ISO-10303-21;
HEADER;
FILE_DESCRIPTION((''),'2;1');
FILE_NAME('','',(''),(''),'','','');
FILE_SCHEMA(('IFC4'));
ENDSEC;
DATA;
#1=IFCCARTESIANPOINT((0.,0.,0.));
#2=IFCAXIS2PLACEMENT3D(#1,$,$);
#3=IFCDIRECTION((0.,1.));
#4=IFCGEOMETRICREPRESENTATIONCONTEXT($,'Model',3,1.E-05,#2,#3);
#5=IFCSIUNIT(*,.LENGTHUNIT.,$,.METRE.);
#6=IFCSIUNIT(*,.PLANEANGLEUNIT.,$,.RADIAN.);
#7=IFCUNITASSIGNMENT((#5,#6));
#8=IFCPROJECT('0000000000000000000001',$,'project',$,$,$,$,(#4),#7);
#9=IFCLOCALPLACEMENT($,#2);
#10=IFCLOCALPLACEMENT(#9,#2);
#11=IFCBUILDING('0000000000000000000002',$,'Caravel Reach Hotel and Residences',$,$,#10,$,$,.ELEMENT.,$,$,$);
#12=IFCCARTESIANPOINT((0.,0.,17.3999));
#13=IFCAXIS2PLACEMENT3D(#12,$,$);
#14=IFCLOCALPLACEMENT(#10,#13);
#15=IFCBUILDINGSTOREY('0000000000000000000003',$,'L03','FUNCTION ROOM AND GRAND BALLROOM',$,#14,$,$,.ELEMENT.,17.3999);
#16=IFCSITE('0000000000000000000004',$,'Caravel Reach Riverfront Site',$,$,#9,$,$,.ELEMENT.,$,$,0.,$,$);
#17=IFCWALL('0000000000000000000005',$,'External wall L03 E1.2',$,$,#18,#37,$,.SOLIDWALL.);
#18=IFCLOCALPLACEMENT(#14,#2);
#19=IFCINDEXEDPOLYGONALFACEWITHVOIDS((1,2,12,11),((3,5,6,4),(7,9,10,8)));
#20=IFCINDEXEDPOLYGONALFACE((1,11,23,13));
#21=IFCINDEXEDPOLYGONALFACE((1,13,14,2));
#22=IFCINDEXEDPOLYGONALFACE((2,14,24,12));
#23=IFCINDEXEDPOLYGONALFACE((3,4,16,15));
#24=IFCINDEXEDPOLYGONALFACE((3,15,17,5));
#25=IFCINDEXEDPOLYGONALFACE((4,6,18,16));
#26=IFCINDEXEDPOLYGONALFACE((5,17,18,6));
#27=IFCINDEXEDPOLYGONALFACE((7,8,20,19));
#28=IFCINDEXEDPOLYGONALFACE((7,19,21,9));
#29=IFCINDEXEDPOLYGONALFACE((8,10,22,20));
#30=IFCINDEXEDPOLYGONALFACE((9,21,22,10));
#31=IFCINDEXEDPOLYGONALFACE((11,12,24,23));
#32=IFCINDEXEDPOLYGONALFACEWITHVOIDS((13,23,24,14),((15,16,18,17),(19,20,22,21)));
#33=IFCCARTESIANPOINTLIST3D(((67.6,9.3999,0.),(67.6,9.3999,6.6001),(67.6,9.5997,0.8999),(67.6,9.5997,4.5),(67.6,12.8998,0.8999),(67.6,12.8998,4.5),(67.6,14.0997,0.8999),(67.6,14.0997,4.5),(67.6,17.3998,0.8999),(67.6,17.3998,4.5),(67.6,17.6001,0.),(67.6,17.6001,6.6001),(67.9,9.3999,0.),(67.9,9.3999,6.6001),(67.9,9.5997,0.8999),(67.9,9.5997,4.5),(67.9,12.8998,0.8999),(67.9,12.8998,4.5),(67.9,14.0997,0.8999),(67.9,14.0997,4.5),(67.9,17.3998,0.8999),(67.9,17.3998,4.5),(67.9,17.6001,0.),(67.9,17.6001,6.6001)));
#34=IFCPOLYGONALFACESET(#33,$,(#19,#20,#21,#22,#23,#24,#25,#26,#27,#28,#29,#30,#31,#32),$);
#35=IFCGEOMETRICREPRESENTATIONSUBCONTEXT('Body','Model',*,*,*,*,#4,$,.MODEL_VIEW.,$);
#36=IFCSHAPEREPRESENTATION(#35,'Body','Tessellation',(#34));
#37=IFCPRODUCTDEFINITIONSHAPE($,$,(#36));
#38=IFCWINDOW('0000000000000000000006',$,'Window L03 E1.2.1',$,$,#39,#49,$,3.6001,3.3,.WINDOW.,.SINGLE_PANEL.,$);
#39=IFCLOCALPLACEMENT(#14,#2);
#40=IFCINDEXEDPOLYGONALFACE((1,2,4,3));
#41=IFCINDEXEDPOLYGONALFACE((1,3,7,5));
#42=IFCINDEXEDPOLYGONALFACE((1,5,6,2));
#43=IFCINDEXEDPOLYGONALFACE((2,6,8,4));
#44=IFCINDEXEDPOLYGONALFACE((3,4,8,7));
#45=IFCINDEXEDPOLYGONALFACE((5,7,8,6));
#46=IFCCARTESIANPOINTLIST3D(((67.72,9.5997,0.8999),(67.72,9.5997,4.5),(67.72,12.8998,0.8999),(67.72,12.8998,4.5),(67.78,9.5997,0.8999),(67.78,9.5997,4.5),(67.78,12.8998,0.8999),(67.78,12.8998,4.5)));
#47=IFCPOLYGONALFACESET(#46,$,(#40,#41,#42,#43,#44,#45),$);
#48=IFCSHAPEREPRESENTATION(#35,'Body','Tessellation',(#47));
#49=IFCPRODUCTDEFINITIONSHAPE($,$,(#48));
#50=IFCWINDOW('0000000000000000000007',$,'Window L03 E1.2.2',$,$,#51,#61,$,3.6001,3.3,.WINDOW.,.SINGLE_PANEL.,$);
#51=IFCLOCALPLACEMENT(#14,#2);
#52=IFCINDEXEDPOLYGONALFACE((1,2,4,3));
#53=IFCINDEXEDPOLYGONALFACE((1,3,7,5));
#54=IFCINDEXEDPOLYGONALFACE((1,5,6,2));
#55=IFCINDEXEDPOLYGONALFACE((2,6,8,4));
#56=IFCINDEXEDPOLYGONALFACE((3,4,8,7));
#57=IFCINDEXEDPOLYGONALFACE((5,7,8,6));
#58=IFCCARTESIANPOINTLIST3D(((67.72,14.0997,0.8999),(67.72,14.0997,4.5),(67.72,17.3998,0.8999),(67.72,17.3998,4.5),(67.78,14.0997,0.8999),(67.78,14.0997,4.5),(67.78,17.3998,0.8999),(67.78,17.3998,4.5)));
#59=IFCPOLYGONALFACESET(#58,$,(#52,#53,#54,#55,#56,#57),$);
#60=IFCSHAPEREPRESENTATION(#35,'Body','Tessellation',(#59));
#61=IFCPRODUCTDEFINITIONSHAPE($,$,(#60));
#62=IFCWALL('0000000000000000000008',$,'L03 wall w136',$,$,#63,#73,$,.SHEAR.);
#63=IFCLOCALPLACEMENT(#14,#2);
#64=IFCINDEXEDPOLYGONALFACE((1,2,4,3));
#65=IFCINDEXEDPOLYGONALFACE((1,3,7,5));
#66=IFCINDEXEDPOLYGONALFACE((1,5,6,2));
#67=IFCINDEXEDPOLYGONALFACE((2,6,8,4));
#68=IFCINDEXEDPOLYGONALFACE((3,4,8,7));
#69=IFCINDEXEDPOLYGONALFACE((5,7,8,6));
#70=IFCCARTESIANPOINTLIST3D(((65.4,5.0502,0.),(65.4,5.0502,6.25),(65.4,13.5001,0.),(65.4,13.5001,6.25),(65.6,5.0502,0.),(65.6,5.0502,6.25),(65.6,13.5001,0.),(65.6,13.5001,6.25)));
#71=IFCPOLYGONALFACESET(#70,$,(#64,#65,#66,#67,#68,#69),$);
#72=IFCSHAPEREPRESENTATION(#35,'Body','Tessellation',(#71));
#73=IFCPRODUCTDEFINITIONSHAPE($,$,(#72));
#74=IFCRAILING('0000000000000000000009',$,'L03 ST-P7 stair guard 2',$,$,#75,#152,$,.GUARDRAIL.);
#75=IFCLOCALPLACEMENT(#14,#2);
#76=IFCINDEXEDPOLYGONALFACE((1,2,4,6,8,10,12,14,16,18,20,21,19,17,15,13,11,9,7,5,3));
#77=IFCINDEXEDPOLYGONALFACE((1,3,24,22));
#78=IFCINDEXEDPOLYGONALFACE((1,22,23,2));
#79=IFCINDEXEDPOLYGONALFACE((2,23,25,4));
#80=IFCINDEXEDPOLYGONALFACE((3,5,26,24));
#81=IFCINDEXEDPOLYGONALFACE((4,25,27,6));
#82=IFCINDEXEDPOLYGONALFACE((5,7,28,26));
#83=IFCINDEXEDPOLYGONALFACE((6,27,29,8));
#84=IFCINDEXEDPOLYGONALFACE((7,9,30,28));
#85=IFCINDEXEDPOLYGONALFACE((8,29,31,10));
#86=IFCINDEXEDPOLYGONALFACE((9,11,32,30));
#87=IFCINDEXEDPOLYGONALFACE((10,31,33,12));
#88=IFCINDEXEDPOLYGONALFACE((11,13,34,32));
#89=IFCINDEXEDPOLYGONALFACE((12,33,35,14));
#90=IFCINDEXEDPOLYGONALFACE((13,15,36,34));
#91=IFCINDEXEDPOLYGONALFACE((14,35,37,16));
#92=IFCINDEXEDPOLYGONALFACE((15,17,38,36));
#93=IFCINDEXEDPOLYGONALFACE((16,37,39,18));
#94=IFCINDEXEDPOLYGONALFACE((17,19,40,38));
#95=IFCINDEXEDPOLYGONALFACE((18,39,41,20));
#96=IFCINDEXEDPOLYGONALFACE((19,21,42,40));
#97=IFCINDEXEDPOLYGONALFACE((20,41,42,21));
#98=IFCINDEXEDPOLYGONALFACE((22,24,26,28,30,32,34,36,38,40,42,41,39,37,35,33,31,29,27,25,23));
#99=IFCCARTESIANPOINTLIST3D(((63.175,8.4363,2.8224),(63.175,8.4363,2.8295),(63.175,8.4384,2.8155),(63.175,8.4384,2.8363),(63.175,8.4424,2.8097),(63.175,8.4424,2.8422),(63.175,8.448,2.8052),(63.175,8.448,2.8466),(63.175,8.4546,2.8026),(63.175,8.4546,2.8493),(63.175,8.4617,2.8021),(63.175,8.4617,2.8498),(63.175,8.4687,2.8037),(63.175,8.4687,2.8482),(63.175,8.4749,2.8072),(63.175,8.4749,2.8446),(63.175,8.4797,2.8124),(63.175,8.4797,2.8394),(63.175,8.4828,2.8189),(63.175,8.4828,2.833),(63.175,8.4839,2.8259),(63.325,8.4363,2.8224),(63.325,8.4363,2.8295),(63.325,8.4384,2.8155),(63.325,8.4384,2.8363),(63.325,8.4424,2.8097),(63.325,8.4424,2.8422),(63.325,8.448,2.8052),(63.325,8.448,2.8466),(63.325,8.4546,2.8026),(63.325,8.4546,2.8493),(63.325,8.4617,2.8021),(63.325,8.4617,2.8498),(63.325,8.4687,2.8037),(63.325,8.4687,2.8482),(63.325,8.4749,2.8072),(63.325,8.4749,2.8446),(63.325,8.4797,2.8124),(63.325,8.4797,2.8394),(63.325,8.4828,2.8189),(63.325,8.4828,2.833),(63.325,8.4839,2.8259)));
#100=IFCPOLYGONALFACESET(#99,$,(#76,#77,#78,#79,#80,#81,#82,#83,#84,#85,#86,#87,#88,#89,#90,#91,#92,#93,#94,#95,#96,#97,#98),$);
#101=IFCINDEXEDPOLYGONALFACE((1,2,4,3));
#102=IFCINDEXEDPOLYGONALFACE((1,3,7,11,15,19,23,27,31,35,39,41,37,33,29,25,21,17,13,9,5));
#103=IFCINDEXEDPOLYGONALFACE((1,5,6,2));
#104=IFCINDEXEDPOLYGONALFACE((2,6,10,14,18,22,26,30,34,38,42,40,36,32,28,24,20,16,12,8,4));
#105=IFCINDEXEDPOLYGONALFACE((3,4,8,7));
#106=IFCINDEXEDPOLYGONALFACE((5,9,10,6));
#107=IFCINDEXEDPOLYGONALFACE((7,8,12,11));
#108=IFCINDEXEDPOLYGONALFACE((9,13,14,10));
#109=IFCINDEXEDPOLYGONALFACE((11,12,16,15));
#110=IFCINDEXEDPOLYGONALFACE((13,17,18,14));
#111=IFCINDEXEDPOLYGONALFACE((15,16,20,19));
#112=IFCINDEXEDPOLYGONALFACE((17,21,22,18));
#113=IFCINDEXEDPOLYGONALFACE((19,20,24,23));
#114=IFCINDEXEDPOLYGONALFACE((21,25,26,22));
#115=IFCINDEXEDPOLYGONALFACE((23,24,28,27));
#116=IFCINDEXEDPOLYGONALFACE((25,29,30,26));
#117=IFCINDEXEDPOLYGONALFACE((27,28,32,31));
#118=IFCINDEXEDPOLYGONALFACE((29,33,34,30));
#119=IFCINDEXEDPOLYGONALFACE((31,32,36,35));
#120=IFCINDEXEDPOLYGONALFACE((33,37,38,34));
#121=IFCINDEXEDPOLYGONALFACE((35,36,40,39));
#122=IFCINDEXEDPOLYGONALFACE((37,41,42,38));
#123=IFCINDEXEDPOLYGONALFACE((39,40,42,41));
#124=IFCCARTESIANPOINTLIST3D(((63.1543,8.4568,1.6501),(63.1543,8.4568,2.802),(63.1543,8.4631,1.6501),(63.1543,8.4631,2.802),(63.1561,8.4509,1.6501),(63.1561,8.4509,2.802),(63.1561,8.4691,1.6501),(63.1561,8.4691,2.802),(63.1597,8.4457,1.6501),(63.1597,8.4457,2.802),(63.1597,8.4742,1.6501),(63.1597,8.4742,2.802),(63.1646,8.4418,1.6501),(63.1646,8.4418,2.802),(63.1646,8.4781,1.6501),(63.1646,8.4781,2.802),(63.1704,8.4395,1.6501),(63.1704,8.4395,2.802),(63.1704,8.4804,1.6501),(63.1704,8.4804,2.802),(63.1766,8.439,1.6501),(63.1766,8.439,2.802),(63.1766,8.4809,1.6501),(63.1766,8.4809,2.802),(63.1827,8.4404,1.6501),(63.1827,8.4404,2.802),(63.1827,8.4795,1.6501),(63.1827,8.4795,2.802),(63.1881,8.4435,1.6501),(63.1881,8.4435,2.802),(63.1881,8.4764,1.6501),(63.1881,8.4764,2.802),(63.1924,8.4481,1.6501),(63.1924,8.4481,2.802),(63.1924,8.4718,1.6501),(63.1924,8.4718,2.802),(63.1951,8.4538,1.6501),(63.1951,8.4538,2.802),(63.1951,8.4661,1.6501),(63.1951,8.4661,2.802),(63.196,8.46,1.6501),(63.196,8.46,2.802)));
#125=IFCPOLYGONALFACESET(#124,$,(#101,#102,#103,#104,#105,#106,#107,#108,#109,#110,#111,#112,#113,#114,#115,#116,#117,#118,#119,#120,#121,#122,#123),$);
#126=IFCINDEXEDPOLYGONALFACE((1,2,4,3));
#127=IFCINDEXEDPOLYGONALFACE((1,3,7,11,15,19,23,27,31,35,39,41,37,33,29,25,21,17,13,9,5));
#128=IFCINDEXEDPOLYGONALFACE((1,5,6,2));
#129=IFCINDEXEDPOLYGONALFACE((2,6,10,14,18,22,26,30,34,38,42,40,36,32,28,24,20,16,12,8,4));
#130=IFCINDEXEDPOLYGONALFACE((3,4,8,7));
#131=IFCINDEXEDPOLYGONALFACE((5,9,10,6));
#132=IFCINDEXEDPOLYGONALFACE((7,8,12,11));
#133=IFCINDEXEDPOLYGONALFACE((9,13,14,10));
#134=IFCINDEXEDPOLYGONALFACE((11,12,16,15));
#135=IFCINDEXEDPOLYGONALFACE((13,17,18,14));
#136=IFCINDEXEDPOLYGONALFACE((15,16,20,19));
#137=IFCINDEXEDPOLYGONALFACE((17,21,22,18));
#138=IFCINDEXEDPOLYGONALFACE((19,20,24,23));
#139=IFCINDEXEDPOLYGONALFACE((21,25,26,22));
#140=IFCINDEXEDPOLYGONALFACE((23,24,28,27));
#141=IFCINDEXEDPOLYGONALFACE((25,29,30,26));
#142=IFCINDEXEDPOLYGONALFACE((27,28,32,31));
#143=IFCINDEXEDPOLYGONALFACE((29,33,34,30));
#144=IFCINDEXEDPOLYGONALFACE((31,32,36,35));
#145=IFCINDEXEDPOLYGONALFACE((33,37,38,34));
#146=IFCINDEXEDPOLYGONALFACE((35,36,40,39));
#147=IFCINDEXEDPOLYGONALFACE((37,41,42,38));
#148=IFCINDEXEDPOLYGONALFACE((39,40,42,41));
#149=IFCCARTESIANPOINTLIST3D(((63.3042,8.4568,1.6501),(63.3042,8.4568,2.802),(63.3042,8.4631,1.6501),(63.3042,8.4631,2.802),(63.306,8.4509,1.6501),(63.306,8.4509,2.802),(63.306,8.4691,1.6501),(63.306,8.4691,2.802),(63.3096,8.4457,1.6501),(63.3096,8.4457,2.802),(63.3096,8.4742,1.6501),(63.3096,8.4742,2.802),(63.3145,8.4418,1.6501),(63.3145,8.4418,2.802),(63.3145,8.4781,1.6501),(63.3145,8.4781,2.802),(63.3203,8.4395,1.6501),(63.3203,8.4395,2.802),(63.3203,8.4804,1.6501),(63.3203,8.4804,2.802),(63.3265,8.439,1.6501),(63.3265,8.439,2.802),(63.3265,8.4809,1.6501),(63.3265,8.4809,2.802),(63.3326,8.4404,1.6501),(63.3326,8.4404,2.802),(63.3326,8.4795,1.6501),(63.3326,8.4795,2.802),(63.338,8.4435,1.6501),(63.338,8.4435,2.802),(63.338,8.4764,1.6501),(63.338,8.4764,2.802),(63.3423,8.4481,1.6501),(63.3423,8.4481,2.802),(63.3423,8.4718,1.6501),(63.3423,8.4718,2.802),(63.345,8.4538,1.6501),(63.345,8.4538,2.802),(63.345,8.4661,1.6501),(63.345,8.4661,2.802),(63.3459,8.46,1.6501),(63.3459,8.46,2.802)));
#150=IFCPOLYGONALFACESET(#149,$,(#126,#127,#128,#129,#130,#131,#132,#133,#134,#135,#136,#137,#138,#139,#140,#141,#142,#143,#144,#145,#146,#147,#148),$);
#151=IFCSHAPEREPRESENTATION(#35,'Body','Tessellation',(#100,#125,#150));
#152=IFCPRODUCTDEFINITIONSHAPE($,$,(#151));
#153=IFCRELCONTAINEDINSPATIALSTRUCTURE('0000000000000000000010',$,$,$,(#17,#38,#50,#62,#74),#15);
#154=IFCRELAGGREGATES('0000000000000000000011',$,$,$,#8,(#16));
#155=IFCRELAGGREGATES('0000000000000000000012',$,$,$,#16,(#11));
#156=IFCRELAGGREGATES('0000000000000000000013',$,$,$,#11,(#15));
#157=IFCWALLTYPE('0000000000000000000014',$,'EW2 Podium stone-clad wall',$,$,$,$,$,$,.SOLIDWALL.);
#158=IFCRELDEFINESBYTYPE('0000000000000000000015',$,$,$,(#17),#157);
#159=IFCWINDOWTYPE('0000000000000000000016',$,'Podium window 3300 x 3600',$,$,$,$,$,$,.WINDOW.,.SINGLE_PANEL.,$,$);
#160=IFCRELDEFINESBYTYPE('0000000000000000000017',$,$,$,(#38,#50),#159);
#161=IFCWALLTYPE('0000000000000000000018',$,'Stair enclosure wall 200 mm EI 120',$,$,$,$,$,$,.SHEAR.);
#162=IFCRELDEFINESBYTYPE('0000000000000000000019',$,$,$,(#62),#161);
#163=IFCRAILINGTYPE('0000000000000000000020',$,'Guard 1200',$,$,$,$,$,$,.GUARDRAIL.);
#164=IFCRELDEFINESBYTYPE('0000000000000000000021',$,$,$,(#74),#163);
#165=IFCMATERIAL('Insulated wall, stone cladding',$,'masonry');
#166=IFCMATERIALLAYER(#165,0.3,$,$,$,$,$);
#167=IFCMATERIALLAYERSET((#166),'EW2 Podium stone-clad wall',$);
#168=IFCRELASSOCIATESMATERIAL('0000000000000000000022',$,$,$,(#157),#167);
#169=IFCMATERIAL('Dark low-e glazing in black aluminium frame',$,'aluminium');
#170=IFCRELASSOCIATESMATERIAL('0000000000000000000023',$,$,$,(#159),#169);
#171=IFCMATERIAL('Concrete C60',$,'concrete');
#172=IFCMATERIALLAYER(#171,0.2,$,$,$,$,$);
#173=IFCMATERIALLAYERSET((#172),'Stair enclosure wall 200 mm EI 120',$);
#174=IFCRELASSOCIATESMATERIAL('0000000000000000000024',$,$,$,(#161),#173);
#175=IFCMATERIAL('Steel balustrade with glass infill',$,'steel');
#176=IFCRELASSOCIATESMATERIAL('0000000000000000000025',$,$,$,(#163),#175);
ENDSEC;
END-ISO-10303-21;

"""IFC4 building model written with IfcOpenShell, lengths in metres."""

from ifc_helpers import new_model, si_unit, direction, frame, frame_2d, origin, origin_2d, place, context, subcontext, project, spatial, rectangle, circle, extrude, material, layer, layer_set, type_object, element, fill, save


model = new_model("IFC4")

# Units and contexts
model_context = context("Model", 3, precision=1e-05, world=origin(), true_north=direction((0.0, 1.0)))
body_context = subcontext(model_context, "Body", "Model", "MODEL_VIEW")
ifc_project = project(units=[si_unit("LENGTHUNIT", "METRE"), si_unit("PLANEANGLEUNIT", "RADIAN")], contexts=[model_context])

# Site, building, storey
site_placement = place(None, origin())
site = spatial("IfcSite", under=ifc_project, at=site_placement, Name="Caravel Reach Riverfront Site", CompositionType="ELEMENT", RefElevation=0.0)
building_placement = place(site_placement, origin())
building = spatial("IfcBuilding", under=site, at=building_placement, Name="Caravel Reach Hotel and Residences", CompositionType="ELEMENT")
storey_placement = place(building_placement, frame((0.0, 0.0, 17.3999)))
storey = spatial("IfcBuildingStorey", under=building, at=storey_placement, Name="L03", Description="FUNCTION ROOM AND GRAND BALLROOM", CompositionType="ELEMENT", Elevation=17.3999)

# Wall, openings, windows
ifc_material_1 = material(Name="Insulated wall, stone cladding", Category="masonry")
ifc_layer_1 = layer(ifc_material_1, 0.3)
ifc_layer_set_1 = layer_set([ifc_layer_1], Name="EW2 Podium stone-clad wall")
wall_type_1 = type_object("IfcWallType", Name="EW2 Podium stone-clad wall", PredefinedType="SOLIDWALL", material=ifc_layer_set_1)
ifc_material_2 = material(Name="Dark low-e glazing in black aluminium frame", Category="aluminium")
window_type = type_object("IfcWindowType", Name="Podium window 3300 x 3600", PartitioningType="SINGLE_PANEL", PredefinedType="WINDOW", material=ifc_material_2)
wall_1_placement = place(storey_placement, frame((67.75, 9.3999, 0.0), z_axis=(0.0, 0.0, 1.0), x_axis=(0.0, 1.0, 0.0)))
wall_1 = element("IfcWall", 1, at=wall_1_placement, inside=storey, type_object=wall_type_1, Name="External wall L03 E1.2", PredefinedType="SOLIDWALL", context=body_context, shape_type="SweptSolid", body=[
    extrude(rectangle(XDim=8.2002, YDim=0.3, at=frame_2d((4.1001, 0.0))), origin(), (0.0, 0.0, 1.0), 6.6001),
])
opening_1_placement = place(wall_1_placement, frame((0.2, 0.0, 0.8999)))
opening_1 = element("IfcOpeningElement", 2, at=opening_1_placement, cuts=wall_1, PredefinedType="OPENING", context=body_context, shape_type="SweptSolid", body=[
    extrude(rectangle(XDim=3.3, YDim=3.6001, at=frame_2d((1.6499, 1.8))), frame((0.0, 0.1599, 0.0), z_axis=(0.0, -1.0, 0.0), x_axis=(1.0, 0.0, 0.0)), (0.0, 0.0, 1.0), 0.3201),
])
opening_2_placement = place(wall_1_placement, frame((4.7, 0.0, 0.8999)))
opening_2 = element("IfcOpeningElement", 3, at=opening_2_placement, cuts=wall_1, PredefinedType="OPENING", context=body_context, shape_type="SweptSolid", body=[
    extrude(rectangle(XDim=3.3, YDim=3.6001, at=frame_2d((1.6499, 1.8))), frame((0.0, 0.1599, 0.0), z_axis=(0.0, -1.0, 0.0), x_axis=(1.0, 0.0, 0.0)), (0.0, 0.0, 1.0), 0.3201),
])
window_1_placement = place(opening_1_placement, origin())
window_1 = element("IfcWindow", 4, at=window_1_placement, inside=storey, type_object=window_type, Name="Window L03 E1.2.1", OverallHeight=3.6001, OverallWidth=3.3, PartitioningType="SINGLE_PANEL", PredefinedType="WINDOW", context=body_context, shape_type="SweptSolid", body=[
    extrude(rectangle(XDim=3.3, YDim=3.6001, at=frame_2d((1.6499, 1.8))), frame((0.0, 0.03, 0.0), z_axis=(0.0, -1.0, 0.0), x_axis=(1.0, 0.0, 0.0)), (0.0, 0.0, 1.0), 0.0601),
])
fill(opening_1, window_1)
window_2_placement = place(opening_2_placement, origin())
window_2 = element("IfcWindow", 5, at=window_2_placement, inside=storey, type_object=window_type, Name="Window L03 E1.2.2", OverallHeight=3.6001, OverallWidth=3.3, PartitioningType="SINGLE_PANEL", PredefinedType="WINDOW", context=body_context, shape_type="SweptSolid", body=[
    extrude(rectangle(XDim=3.3, YDim=3.6001, at=frame_2d((1.6499, 1.8))), frame((0.0, 0.03, 0.0), z_axis=(0.0, -1.0, 0.0), x_axis=(1.0, 0.0, 0.0)), (0.0, 0.0, 1.0), 0.0601),
])
fill(opening_2, window_2)

# Wall
ifc_material_3 = material(Name="Concrete C60", Category="concrete")
ifc_layer_2 = layer(ifc_material_3, 0.2)
ifc_layer_set_2 = layer_set([ifc_layer_2], Name="Stair enclosure wall 200 mm EI 120")
wall_type_2 = type_object("IfcWallType", Name="Stair enclosure wall 200 mm EI 120", PredefinedType="SHEAR", material=ifc_layer_set_2)
wall_2_placement = place(storey_placement, frame((65.5, 5.05, 0.0), z_axis=(0.0, 0.0, 1.0), x_axis=(0.0, 1.0, 0.0)))
element("IfcWall", 6, at=wall_2_placement, inside=storey, type_object=wall_type_2, Name="L03 wall w136", PredefinedType="SHEAR", context=body_context, shape_type="SweptSolid", body=[
    extrude(rectangle(XDim=8.45, YDim=0.2, at=frame_2d((4.2251, 0.0))), origin(), (0.0, 0.0, 1.0), 6.25),
])

# Railing
ifc_material_4 = material(Name="Steel balustrade with glass infill", Category="steel")
railing_type_1 = type_object("IfcRailingType", Name="Guard 1200", PredefinedType="GUARDRAIL", material=ifc_material_4)
railing_1_placement = place(storey_placement, frame((63.175, 8.46, 1.6501)))
element("IfcRailing", 7, at=railing_1_placement, inside=storey, type_object=railing_type_1, Name="L03 ST-P7 stair guard 2", PredefinedType="GUARDRAIL", context=body_context, shape_type="SweptSolid", body=[
    extrude(circle(Radius=0.0239, at=origin_2d()), frame((0.0, 0.0, 1.1758), z_axis=(1.0, 0.0, 0.0), x_axis=(0.0, 1.0, 0.0)), (0.0, 0.0, 1.0), 0.1499),
    extrude(circle(Radius=0.021, at=origin_2d()), origin(), (0.0, 0.0, 1.0), 1.1519),
    extrude(circle(Radius=0.021, at=origin_2d()), frame((0.1499, 0.0, 0.0)), (0.0, 0.0, 1.0), 1.1519),
])

save(model, "model.ifc")
